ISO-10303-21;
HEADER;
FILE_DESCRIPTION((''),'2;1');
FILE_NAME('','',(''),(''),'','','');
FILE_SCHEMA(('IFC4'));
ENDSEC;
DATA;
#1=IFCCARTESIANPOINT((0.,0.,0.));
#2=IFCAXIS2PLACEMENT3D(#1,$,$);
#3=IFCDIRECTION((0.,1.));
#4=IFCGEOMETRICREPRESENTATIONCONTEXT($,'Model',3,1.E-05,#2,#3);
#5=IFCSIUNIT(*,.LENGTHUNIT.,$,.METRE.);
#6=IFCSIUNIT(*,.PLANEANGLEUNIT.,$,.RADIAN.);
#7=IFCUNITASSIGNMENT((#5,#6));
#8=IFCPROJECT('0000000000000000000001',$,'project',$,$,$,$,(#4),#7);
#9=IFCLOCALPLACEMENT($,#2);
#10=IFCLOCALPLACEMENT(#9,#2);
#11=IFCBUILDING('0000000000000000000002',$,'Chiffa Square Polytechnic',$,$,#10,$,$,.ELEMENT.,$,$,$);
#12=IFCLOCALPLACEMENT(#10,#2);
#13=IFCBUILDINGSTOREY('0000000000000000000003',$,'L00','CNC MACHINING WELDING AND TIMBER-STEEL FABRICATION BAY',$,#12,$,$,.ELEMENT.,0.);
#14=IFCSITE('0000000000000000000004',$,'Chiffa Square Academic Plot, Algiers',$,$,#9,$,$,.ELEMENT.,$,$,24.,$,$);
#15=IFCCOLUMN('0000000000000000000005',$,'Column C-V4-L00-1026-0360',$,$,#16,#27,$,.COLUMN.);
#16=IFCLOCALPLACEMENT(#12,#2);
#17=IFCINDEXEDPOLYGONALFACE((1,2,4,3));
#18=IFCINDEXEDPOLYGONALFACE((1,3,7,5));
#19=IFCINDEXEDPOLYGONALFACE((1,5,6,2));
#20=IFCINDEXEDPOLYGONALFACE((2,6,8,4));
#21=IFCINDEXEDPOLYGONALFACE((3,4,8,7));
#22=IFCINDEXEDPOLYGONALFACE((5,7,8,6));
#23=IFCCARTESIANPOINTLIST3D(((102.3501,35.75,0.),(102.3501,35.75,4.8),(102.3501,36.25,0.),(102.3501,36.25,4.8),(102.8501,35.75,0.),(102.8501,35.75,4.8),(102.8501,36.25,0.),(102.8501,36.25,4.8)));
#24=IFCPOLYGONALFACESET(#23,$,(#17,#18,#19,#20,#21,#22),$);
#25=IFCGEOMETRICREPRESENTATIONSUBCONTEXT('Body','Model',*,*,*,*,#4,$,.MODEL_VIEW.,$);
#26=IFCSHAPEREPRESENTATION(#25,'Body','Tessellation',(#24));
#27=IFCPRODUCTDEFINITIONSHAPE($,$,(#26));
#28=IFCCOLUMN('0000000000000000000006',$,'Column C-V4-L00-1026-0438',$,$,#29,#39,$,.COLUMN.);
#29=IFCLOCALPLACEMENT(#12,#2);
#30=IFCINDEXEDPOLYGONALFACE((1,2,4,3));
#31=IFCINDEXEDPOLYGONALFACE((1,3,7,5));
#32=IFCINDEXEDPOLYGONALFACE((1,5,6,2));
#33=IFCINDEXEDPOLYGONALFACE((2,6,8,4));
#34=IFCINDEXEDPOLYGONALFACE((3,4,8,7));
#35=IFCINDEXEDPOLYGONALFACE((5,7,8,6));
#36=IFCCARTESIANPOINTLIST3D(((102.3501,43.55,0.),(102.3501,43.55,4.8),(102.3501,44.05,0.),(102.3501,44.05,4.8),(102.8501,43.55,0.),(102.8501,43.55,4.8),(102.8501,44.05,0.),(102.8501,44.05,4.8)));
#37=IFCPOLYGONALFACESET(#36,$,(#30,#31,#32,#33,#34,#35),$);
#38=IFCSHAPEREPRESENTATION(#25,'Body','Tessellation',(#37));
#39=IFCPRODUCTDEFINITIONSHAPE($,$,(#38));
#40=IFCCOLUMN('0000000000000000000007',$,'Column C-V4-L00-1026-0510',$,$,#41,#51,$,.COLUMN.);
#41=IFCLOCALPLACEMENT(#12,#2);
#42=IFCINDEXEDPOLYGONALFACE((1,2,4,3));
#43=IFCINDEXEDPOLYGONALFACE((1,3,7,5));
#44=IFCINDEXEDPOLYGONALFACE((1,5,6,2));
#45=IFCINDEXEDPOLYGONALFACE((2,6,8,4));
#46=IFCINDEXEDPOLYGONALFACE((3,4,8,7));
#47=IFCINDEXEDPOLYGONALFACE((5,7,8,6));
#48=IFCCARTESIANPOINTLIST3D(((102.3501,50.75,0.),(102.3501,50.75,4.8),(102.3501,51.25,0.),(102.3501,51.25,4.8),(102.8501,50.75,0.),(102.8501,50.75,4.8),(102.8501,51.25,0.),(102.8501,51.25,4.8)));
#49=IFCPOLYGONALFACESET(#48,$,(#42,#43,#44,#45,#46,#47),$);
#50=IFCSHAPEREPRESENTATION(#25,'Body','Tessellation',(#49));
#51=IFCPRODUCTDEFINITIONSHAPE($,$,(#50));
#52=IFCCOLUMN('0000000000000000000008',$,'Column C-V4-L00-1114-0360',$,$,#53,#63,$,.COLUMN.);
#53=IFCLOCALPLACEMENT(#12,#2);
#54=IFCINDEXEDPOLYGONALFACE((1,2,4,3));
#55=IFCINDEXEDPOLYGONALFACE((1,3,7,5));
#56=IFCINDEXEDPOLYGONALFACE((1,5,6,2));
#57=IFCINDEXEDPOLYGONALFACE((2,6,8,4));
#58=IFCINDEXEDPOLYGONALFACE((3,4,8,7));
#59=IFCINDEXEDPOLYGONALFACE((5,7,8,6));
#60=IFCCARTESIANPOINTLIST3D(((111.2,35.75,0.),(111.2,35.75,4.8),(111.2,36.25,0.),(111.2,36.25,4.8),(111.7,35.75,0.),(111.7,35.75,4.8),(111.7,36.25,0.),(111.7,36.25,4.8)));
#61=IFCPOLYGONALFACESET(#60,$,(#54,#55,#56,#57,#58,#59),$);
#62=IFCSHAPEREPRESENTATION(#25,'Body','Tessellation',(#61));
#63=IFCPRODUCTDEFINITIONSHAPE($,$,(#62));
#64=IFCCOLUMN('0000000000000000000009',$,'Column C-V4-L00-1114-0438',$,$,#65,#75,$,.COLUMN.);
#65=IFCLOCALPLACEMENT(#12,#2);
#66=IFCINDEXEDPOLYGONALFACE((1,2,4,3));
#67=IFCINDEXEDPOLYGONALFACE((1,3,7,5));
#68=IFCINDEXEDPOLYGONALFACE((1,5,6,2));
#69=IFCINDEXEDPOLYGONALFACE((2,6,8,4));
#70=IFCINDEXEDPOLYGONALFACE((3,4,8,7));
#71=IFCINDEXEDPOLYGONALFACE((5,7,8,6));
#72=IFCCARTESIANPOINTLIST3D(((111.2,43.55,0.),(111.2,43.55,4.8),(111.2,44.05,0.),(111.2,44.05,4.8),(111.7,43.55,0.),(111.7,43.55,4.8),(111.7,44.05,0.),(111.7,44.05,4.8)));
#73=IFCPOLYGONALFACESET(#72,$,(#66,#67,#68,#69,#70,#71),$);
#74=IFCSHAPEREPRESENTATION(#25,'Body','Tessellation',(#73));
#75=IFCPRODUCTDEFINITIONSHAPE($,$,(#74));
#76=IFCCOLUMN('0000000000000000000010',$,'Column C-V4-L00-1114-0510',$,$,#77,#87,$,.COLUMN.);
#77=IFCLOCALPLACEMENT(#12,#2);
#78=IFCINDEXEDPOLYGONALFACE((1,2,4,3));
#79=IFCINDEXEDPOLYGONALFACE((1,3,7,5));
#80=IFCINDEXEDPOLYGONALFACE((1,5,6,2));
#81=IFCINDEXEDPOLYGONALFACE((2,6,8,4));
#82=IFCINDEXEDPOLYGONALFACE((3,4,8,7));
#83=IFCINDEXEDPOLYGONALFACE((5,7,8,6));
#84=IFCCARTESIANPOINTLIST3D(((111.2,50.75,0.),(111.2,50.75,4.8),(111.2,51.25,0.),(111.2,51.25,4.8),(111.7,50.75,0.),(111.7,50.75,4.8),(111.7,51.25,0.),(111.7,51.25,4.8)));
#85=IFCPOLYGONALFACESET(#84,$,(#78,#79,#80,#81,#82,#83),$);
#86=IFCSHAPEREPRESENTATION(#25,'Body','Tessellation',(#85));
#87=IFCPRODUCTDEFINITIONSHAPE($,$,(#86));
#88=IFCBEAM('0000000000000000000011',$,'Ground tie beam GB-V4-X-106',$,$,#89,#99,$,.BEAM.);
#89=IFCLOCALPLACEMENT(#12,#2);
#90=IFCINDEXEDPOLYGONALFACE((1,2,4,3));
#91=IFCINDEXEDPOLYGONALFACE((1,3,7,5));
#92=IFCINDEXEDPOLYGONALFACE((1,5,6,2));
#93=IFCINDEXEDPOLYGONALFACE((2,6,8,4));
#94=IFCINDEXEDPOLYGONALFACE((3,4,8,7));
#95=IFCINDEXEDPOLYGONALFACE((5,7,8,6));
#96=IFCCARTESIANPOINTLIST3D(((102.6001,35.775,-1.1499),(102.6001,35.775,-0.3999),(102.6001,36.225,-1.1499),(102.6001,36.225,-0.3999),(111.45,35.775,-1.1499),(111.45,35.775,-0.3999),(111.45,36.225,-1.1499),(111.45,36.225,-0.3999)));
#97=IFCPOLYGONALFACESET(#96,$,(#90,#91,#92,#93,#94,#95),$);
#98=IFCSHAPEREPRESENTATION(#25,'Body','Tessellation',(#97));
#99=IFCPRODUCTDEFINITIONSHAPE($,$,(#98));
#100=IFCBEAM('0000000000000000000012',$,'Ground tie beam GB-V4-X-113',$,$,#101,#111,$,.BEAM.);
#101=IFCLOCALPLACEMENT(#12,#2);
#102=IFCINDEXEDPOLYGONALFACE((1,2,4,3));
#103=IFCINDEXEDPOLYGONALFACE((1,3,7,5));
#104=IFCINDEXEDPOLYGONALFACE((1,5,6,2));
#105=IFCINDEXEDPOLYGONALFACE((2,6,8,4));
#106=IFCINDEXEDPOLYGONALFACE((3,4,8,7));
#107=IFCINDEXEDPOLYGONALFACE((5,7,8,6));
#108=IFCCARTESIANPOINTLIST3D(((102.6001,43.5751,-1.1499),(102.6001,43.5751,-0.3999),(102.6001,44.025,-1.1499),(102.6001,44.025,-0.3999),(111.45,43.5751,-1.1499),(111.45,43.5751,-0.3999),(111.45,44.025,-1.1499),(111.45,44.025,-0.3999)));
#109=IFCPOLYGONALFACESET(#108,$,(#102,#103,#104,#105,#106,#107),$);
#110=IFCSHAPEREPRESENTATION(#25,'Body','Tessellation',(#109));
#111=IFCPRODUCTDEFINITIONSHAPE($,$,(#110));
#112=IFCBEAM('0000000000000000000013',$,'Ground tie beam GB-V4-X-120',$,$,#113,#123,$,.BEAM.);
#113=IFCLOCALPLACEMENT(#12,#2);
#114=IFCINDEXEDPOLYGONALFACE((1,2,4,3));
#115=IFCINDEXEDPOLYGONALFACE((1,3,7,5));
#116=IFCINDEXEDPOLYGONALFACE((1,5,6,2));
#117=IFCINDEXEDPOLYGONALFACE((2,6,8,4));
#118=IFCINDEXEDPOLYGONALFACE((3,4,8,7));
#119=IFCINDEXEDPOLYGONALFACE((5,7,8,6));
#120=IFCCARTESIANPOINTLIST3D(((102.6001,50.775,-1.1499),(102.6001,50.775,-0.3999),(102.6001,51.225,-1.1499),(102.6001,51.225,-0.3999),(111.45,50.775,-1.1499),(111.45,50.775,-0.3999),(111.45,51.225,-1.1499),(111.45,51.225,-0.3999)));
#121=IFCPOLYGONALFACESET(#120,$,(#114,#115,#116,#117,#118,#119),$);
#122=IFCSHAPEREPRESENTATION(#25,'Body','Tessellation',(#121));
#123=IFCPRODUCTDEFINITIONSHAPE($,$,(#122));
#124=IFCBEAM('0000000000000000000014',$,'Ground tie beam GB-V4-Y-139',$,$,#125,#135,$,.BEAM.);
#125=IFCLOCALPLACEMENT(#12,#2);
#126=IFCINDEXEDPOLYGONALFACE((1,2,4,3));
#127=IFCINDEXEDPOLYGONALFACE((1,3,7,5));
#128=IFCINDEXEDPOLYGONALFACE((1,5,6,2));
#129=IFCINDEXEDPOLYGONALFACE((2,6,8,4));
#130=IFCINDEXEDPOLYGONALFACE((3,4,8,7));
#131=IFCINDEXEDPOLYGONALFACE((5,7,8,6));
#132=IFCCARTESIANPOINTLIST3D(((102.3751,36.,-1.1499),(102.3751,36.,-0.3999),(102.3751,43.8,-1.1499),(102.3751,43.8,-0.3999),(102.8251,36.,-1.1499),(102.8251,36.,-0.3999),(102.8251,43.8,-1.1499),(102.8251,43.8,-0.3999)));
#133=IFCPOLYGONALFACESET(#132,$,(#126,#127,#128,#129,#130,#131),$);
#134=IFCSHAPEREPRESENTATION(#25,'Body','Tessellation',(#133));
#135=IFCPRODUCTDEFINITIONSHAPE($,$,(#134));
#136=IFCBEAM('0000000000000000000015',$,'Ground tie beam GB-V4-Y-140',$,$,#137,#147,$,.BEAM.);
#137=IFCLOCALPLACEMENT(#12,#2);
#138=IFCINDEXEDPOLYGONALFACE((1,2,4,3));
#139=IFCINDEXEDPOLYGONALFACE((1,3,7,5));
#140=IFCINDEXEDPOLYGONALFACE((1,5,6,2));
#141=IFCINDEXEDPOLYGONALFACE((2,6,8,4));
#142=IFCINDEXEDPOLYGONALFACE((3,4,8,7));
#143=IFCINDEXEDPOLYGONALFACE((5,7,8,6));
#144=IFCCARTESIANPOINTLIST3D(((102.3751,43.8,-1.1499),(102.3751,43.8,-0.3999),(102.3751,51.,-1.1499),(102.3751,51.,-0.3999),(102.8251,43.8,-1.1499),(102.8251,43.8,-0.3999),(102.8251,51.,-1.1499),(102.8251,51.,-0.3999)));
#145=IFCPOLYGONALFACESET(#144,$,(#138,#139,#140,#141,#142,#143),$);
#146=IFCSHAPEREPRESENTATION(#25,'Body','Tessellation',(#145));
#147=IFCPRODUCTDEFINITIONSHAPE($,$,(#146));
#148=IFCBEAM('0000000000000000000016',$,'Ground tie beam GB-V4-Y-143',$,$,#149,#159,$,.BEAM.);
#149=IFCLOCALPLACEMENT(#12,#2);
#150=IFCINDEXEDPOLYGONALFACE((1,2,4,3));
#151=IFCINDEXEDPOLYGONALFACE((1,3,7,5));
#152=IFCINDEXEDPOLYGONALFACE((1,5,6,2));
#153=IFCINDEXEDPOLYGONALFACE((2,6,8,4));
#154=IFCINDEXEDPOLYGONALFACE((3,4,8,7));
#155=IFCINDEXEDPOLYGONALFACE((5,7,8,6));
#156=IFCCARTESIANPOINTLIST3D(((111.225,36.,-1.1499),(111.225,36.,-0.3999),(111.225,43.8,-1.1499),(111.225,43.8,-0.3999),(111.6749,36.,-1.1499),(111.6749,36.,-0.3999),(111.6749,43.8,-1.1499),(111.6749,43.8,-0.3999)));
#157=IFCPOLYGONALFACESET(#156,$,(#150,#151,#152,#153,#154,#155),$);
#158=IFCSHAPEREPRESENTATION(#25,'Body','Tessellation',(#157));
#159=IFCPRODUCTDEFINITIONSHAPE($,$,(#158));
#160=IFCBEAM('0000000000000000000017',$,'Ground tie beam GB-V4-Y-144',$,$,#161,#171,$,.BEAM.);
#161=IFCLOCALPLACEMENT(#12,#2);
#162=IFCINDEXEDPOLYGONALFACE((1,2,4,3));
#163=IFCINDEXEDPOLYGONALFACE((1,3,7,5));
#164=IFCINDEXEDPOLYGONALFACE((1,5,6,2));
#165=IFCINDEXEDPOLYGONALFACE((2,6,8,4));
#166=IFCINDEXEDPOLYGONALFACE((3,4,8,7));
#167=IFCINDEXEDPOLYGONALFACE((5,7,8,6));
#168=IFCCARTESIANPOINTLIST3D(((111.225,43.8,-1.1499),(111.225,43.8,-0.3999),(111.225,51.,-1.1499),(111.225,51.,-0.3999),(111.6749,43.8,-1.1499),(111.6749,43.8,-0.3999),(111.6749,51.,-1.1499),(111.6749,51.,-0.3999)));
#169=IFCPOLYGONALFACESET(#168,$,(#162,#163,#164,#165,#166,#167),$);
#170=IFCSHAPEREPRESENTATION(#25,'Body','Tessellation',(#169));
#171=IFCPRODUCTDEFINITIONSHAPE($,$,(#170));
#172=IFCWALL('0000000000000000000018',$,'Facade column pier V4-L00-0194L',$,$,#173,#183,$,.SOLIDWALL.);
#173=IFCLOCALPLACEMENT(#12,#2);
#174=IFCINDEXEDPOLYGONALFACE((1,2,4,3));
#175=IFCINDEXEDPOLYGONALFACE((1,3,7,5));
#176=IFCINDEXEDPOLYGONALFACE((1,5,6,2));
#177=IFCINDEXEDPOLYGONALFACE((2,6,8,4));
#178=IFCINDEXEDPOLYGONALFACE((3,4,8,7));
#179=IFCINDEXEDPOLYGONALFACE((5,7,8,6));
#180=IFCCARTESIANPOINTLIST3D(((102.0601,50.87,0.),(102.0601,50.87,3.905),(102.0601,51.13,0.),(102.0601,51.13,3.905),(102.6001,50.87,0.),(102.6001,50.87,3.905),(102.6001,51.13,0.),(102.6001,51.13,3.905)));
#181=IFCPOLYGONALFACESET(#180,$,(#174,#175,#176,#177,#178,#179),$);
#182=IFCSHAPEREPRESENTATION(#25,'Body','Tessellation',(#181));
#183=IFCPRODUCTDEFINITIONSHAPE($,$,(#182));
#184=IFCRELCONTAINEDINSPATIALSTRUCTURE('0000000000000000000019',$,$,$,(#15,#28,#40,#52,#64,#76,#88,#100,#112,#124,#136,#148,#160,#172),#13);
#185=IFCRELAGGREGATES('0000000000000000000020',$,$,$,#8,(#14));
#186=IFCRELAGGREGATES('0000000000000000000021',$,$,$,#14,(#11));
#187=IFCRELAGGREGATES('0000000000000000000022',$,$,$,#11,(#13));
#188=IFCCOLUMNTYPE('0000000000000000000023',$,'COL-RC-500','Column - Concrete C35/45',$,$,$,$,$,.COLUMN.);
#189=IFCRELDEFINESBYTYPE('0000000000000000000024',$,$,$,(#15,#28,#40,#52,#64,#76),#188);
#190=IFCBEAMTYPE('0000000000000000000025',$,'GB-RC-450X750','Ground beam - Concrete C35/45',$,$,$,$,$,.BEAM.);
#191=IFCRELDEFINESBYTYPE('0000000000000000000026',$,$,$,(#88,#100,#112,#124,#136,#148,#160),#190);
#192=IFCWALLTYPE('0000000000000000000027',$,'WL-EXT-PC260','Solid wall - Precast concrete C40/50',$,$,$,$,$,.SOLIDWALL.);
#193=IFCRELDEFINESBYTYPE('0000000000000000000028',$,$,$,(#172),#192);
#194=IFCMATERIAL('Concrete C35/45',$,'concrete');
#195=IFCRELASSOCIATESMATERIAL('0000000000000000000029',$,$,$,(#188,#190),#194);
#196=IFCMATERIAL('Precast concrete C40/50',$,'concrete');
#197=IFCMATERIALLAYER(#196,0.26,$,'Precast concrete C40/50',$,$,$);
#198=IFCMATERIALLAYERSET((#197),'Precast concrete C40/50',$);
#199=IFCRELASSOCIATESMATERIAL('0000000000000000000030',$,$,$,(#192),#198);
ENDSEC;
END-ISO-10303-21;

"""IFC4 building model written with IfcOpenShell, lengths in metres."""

from ifc_helpers import new_model, si_unit, direction, frame, frame_2d, origin, origin_2d, place, context, subcontext, project, spatial, rectangle, extrude, material, layer, layer_set, material_profile, profile_set, type_object, element, save


model = new_model("IFC4")

# Units and contexts
model_context = context("Model", 3, precision=1e-05, world=origin(), true_north=direction((0.0, 1.0)))
body_context = subcontext(model_context, "Body", "Model", "MODEL_VIEW")
ifc_project = project(units=[si_unit("LENGTHUNIT", "METRE"), si_unit("PLANEANGLEUNIT", "RADIAN")], contexts=[model_context])

# Site, building, storey
site_placement = place(None, origin())
site = spatial("IfcSite", under=ifc_project, at=site_placement, Name="Chiffa Square Academic Plot, Algiers", CompositionType="ELEMENT", RefElevation=24.0)
building_placement = place(site_placement, origin())
building = spatial("IfcBuilding", under=site, at=building_placement, Name="Chiffa Square Polytechnic", CompositionType="ELEMENT")
storey_placement = place(building_placement, origin())
storey = spatial("IfcBuildingStorey", under=building, at=storey_placement, Name="L00", Description="CNC MACHINING WELDING AND TIMBER-STEEL FABRICATION BAY", CompositionType="ELEMENT", Elevation=0.0)

# Columns
ifc_material_1 = material(Name="Concrete C35/45", Category="concrete")
ifc_material_profile_1 = material_profile(ifc_material_1, rectangle(XDim=0.5, YDim=0.5, at=origin_2d()), Name="RC 500x500")
ifc_profile_set_1 = profile_set([ifc_material_profile_1], Name="Concrete C35/45")
column_type = type_object("IfcColumnType", Name="COL-RC-500", Description="Column - Concrete C35/45", PredefinedType="COLUMN", material=ifc_profile_set_1)
for number, where, z_axis, x_axis, name in (
    (1, (102.6001, 36.0, 0.0), (0.0, 0.0, 1.0), (1.0, 0.0, 0.0), "Column C-V4-L00-1026-0360"),
    (2, (102.6001, 43.8, 0.0), (0.0, 0.0, 1.0), (1.0, 0.0, 0.0), "Column C-V4-L00-1026-0438"),
    (3, (102.6001, 51.0, 0.0), (0.0, 0.0, 1.0), (1.0, 0.0, 0.0), "Column C-V4-L00-1026-0510"),
    (4, (111.45, 36.0, 0.0), (0.0, 0.0, 1.0), (1.0, 0.0, 0.0), "Column C-V4-L00-1114-0360"),
    (5, (111.45, 43.8, 0.0), (0.0, 0.0, 1.0), (1.0, 0.0, 0.0), "Column C-V4-L00-1114-0438"),
    (6, (111.45, 51.0, 0.0), (0.0, 0.0, 1.0), (1.0, 0.0, 0.0), "Column C-V4-L00-1114-0510"),
):
    element("IfcColumn", number, at=place(storey_placement, frame(where, z_axis=z_axis, x_axis=x_axis)), inside=storey, type_object=column_type, Name=name, PredefinedType="COLUMN", context=body_context, shape_type="SweptSolid", body=[
        extrude(rectangle(XDim=0.5, YDim=0.5, at=origin_2d()), origin(), (0.0, 0.0, 1.0), 4.8),
    ])

# Beams
ifc_material_profile_2 = material_profile(ifc_material_1, rectangle(XDim=0.45, YDim=0.75, at=origin_2d()), Name="RC 450x750")
ifc_profile_set_2 = profile_set([ifc_material_profile_2], Name="Concrete C35/45")
beam_type = type_object("IfcBeamType", Name="GB-RC-450X750", Description="Ground beam - Concrete C35/45", PredefinedType="BEAM", material=ifc_profile_set_2)
for number, where, z_axis, x_axis, name in (
    (7, (102.6001, 36.0, -0.7749), (1.0, 0.0, 0.0), (0.0, 1.0, 0.0), "Ground tie beam GB-V4-X-106"),
    (8, (102.6001, 43.8, -0.7749), (1.0, 0.0, 0.0), (0.0, 1.0, 0.0), "Ground tie beam GB-V4-X-113"),
    (9, (102.6001, 51.0, -0.7749), (1.0, 0.0, 0.0), (0.0, 1.0, 0.0), "Ground tie beam GB-V4-X-120"),
):
    element("IfcBeam", number, at=place(storey_placement, frame(where, z_axis=z_axis, x_axis=x_axis)), inside=storey, type_object=beam_type, Name=name, PredefinedType="BEAM", context=body_context, shape_type="SweptSolid", body=[
        extrude(rectangle(XDim=0.45, YDim=0.75, at=origin_2d()), origin(), (0.0, 0.0, 1.0), 8.8499),
    ])
beam_1_placement = place(storey_placement, frame((102.6001, 36.0, -0.7749), z_axis=(0.0, 1.0, 0.0), x_axis=(-1.0, 0.0, 0.0)))
element("IfcBeam", 10, at=beam_1_placement, inside=storey, type_object=beam_type, Name="Ground tie beam GB-V4-Y-139", PredefinedType="BEAM", context=body_context, shape_type="SweptSolid", body=[
    extrude(rectangle(XDim=0.45, YDim=0.75, at=origin_2d()), origin(), (0.0, 0.0, 1.0), 7.8),
])
beam_2_placement = place(storey_placement, frame((102.6001, 43.8, -0.7749), z_axis=(0.0, 1.0, 0.0), x_axis=(-1.0, 0.0, 0.0)))
element("IfcBeam", 11, at=beam_2_placement, inside=storey, type_object=beam_type, Name="Ground tie beam GB-V4-Y-140", PredefinedType="BEAM", context=body_context, shape_type="SweptSolid", body=[
    extrude(rectangle(XDim=0.45, YDim=0.75, at=origin_2d()), origin(), (0.0, 0.0, 1.0), 7.2),
])
beam_3_placement = place(storey_placement, frame((111.45, 36.0, -0.7749), z_axis=(0.0, 1.0, 0.0), x_axis=(-1.0, 0.0, 0.0)))
element("IfcBeam", 12, at=beam_3_placement, inside=storey, type_object=beam_type, Name="Ground tie beam GB-V4-Y-143", PredefinedType="BEAM", context=body_context, shape_type="SweptSolid", body=[
    extrude(rectangle(XDim=0.45, YDim=0.75, at=origin_2d()), origin(), (0.0, 0.0, 1.0), 7.8),
])
beam_4_placement = place(storey_placement, frame((111.45, 43.8, -0.7749), z_axis=(0.0, 1.0, 0.0), x_axis=(-1.0, 0.0, 0.0)))
element("IfcBeam", 13, at=beam_4_placement, inside=storey, type_object=beam_type, Name="Ground tie beam GB-V4-Y-144", PredefinedType="BEAM", context=body_context, shape_type="SweptSolid", body=[
    extrude(rectangle(XDim=0.45, YDim=0.75, at=origin_2d()), origin(), (0.0, 0.0, 1.0), 7.2),
])

# Shared definitions
ifc_material_2 = material(Name="Precast concrete C40/50", Category="concrete")
ifc_layer_1 = layer(ifc_material_2, 0.26, Name="Precast concrete C40/50")
ifc_layer_set_1 = layer_set([ifc_layer_1], Name="Precast concrete C40/50")
wall_type_1 = type_object("IfcWallType", Name="WL-EXT-PC260", Description="Solid wall - Precast concrete C40/50", PredefinedType="SOLIDWALL", material=ifc_layer_set_1)

# Wall
wall_1_placement = place(storey_placement, frame((102.6001, 51.0, 0.0), z_axis=(0.0, 0.0, 1.0), x_axis=(-1.0, 0.0, 0.0)))
element("IfcWall", 14, at=wall_1_placement, inside=storey, type_object=wall_type_1, Name="Facade column pier V4-L00-0194L", PredefinedType="SOLIDWALL", context=body_context, shape_type="SweptSolid", body=[
    extrude(rectangle(XDim=0.54, YDim=0.26, at=frame_2d((0.27, 0.0))), origin(), (0.0, 0.0, 1.0), 3.905),
])

save(model, "model.ifc")
